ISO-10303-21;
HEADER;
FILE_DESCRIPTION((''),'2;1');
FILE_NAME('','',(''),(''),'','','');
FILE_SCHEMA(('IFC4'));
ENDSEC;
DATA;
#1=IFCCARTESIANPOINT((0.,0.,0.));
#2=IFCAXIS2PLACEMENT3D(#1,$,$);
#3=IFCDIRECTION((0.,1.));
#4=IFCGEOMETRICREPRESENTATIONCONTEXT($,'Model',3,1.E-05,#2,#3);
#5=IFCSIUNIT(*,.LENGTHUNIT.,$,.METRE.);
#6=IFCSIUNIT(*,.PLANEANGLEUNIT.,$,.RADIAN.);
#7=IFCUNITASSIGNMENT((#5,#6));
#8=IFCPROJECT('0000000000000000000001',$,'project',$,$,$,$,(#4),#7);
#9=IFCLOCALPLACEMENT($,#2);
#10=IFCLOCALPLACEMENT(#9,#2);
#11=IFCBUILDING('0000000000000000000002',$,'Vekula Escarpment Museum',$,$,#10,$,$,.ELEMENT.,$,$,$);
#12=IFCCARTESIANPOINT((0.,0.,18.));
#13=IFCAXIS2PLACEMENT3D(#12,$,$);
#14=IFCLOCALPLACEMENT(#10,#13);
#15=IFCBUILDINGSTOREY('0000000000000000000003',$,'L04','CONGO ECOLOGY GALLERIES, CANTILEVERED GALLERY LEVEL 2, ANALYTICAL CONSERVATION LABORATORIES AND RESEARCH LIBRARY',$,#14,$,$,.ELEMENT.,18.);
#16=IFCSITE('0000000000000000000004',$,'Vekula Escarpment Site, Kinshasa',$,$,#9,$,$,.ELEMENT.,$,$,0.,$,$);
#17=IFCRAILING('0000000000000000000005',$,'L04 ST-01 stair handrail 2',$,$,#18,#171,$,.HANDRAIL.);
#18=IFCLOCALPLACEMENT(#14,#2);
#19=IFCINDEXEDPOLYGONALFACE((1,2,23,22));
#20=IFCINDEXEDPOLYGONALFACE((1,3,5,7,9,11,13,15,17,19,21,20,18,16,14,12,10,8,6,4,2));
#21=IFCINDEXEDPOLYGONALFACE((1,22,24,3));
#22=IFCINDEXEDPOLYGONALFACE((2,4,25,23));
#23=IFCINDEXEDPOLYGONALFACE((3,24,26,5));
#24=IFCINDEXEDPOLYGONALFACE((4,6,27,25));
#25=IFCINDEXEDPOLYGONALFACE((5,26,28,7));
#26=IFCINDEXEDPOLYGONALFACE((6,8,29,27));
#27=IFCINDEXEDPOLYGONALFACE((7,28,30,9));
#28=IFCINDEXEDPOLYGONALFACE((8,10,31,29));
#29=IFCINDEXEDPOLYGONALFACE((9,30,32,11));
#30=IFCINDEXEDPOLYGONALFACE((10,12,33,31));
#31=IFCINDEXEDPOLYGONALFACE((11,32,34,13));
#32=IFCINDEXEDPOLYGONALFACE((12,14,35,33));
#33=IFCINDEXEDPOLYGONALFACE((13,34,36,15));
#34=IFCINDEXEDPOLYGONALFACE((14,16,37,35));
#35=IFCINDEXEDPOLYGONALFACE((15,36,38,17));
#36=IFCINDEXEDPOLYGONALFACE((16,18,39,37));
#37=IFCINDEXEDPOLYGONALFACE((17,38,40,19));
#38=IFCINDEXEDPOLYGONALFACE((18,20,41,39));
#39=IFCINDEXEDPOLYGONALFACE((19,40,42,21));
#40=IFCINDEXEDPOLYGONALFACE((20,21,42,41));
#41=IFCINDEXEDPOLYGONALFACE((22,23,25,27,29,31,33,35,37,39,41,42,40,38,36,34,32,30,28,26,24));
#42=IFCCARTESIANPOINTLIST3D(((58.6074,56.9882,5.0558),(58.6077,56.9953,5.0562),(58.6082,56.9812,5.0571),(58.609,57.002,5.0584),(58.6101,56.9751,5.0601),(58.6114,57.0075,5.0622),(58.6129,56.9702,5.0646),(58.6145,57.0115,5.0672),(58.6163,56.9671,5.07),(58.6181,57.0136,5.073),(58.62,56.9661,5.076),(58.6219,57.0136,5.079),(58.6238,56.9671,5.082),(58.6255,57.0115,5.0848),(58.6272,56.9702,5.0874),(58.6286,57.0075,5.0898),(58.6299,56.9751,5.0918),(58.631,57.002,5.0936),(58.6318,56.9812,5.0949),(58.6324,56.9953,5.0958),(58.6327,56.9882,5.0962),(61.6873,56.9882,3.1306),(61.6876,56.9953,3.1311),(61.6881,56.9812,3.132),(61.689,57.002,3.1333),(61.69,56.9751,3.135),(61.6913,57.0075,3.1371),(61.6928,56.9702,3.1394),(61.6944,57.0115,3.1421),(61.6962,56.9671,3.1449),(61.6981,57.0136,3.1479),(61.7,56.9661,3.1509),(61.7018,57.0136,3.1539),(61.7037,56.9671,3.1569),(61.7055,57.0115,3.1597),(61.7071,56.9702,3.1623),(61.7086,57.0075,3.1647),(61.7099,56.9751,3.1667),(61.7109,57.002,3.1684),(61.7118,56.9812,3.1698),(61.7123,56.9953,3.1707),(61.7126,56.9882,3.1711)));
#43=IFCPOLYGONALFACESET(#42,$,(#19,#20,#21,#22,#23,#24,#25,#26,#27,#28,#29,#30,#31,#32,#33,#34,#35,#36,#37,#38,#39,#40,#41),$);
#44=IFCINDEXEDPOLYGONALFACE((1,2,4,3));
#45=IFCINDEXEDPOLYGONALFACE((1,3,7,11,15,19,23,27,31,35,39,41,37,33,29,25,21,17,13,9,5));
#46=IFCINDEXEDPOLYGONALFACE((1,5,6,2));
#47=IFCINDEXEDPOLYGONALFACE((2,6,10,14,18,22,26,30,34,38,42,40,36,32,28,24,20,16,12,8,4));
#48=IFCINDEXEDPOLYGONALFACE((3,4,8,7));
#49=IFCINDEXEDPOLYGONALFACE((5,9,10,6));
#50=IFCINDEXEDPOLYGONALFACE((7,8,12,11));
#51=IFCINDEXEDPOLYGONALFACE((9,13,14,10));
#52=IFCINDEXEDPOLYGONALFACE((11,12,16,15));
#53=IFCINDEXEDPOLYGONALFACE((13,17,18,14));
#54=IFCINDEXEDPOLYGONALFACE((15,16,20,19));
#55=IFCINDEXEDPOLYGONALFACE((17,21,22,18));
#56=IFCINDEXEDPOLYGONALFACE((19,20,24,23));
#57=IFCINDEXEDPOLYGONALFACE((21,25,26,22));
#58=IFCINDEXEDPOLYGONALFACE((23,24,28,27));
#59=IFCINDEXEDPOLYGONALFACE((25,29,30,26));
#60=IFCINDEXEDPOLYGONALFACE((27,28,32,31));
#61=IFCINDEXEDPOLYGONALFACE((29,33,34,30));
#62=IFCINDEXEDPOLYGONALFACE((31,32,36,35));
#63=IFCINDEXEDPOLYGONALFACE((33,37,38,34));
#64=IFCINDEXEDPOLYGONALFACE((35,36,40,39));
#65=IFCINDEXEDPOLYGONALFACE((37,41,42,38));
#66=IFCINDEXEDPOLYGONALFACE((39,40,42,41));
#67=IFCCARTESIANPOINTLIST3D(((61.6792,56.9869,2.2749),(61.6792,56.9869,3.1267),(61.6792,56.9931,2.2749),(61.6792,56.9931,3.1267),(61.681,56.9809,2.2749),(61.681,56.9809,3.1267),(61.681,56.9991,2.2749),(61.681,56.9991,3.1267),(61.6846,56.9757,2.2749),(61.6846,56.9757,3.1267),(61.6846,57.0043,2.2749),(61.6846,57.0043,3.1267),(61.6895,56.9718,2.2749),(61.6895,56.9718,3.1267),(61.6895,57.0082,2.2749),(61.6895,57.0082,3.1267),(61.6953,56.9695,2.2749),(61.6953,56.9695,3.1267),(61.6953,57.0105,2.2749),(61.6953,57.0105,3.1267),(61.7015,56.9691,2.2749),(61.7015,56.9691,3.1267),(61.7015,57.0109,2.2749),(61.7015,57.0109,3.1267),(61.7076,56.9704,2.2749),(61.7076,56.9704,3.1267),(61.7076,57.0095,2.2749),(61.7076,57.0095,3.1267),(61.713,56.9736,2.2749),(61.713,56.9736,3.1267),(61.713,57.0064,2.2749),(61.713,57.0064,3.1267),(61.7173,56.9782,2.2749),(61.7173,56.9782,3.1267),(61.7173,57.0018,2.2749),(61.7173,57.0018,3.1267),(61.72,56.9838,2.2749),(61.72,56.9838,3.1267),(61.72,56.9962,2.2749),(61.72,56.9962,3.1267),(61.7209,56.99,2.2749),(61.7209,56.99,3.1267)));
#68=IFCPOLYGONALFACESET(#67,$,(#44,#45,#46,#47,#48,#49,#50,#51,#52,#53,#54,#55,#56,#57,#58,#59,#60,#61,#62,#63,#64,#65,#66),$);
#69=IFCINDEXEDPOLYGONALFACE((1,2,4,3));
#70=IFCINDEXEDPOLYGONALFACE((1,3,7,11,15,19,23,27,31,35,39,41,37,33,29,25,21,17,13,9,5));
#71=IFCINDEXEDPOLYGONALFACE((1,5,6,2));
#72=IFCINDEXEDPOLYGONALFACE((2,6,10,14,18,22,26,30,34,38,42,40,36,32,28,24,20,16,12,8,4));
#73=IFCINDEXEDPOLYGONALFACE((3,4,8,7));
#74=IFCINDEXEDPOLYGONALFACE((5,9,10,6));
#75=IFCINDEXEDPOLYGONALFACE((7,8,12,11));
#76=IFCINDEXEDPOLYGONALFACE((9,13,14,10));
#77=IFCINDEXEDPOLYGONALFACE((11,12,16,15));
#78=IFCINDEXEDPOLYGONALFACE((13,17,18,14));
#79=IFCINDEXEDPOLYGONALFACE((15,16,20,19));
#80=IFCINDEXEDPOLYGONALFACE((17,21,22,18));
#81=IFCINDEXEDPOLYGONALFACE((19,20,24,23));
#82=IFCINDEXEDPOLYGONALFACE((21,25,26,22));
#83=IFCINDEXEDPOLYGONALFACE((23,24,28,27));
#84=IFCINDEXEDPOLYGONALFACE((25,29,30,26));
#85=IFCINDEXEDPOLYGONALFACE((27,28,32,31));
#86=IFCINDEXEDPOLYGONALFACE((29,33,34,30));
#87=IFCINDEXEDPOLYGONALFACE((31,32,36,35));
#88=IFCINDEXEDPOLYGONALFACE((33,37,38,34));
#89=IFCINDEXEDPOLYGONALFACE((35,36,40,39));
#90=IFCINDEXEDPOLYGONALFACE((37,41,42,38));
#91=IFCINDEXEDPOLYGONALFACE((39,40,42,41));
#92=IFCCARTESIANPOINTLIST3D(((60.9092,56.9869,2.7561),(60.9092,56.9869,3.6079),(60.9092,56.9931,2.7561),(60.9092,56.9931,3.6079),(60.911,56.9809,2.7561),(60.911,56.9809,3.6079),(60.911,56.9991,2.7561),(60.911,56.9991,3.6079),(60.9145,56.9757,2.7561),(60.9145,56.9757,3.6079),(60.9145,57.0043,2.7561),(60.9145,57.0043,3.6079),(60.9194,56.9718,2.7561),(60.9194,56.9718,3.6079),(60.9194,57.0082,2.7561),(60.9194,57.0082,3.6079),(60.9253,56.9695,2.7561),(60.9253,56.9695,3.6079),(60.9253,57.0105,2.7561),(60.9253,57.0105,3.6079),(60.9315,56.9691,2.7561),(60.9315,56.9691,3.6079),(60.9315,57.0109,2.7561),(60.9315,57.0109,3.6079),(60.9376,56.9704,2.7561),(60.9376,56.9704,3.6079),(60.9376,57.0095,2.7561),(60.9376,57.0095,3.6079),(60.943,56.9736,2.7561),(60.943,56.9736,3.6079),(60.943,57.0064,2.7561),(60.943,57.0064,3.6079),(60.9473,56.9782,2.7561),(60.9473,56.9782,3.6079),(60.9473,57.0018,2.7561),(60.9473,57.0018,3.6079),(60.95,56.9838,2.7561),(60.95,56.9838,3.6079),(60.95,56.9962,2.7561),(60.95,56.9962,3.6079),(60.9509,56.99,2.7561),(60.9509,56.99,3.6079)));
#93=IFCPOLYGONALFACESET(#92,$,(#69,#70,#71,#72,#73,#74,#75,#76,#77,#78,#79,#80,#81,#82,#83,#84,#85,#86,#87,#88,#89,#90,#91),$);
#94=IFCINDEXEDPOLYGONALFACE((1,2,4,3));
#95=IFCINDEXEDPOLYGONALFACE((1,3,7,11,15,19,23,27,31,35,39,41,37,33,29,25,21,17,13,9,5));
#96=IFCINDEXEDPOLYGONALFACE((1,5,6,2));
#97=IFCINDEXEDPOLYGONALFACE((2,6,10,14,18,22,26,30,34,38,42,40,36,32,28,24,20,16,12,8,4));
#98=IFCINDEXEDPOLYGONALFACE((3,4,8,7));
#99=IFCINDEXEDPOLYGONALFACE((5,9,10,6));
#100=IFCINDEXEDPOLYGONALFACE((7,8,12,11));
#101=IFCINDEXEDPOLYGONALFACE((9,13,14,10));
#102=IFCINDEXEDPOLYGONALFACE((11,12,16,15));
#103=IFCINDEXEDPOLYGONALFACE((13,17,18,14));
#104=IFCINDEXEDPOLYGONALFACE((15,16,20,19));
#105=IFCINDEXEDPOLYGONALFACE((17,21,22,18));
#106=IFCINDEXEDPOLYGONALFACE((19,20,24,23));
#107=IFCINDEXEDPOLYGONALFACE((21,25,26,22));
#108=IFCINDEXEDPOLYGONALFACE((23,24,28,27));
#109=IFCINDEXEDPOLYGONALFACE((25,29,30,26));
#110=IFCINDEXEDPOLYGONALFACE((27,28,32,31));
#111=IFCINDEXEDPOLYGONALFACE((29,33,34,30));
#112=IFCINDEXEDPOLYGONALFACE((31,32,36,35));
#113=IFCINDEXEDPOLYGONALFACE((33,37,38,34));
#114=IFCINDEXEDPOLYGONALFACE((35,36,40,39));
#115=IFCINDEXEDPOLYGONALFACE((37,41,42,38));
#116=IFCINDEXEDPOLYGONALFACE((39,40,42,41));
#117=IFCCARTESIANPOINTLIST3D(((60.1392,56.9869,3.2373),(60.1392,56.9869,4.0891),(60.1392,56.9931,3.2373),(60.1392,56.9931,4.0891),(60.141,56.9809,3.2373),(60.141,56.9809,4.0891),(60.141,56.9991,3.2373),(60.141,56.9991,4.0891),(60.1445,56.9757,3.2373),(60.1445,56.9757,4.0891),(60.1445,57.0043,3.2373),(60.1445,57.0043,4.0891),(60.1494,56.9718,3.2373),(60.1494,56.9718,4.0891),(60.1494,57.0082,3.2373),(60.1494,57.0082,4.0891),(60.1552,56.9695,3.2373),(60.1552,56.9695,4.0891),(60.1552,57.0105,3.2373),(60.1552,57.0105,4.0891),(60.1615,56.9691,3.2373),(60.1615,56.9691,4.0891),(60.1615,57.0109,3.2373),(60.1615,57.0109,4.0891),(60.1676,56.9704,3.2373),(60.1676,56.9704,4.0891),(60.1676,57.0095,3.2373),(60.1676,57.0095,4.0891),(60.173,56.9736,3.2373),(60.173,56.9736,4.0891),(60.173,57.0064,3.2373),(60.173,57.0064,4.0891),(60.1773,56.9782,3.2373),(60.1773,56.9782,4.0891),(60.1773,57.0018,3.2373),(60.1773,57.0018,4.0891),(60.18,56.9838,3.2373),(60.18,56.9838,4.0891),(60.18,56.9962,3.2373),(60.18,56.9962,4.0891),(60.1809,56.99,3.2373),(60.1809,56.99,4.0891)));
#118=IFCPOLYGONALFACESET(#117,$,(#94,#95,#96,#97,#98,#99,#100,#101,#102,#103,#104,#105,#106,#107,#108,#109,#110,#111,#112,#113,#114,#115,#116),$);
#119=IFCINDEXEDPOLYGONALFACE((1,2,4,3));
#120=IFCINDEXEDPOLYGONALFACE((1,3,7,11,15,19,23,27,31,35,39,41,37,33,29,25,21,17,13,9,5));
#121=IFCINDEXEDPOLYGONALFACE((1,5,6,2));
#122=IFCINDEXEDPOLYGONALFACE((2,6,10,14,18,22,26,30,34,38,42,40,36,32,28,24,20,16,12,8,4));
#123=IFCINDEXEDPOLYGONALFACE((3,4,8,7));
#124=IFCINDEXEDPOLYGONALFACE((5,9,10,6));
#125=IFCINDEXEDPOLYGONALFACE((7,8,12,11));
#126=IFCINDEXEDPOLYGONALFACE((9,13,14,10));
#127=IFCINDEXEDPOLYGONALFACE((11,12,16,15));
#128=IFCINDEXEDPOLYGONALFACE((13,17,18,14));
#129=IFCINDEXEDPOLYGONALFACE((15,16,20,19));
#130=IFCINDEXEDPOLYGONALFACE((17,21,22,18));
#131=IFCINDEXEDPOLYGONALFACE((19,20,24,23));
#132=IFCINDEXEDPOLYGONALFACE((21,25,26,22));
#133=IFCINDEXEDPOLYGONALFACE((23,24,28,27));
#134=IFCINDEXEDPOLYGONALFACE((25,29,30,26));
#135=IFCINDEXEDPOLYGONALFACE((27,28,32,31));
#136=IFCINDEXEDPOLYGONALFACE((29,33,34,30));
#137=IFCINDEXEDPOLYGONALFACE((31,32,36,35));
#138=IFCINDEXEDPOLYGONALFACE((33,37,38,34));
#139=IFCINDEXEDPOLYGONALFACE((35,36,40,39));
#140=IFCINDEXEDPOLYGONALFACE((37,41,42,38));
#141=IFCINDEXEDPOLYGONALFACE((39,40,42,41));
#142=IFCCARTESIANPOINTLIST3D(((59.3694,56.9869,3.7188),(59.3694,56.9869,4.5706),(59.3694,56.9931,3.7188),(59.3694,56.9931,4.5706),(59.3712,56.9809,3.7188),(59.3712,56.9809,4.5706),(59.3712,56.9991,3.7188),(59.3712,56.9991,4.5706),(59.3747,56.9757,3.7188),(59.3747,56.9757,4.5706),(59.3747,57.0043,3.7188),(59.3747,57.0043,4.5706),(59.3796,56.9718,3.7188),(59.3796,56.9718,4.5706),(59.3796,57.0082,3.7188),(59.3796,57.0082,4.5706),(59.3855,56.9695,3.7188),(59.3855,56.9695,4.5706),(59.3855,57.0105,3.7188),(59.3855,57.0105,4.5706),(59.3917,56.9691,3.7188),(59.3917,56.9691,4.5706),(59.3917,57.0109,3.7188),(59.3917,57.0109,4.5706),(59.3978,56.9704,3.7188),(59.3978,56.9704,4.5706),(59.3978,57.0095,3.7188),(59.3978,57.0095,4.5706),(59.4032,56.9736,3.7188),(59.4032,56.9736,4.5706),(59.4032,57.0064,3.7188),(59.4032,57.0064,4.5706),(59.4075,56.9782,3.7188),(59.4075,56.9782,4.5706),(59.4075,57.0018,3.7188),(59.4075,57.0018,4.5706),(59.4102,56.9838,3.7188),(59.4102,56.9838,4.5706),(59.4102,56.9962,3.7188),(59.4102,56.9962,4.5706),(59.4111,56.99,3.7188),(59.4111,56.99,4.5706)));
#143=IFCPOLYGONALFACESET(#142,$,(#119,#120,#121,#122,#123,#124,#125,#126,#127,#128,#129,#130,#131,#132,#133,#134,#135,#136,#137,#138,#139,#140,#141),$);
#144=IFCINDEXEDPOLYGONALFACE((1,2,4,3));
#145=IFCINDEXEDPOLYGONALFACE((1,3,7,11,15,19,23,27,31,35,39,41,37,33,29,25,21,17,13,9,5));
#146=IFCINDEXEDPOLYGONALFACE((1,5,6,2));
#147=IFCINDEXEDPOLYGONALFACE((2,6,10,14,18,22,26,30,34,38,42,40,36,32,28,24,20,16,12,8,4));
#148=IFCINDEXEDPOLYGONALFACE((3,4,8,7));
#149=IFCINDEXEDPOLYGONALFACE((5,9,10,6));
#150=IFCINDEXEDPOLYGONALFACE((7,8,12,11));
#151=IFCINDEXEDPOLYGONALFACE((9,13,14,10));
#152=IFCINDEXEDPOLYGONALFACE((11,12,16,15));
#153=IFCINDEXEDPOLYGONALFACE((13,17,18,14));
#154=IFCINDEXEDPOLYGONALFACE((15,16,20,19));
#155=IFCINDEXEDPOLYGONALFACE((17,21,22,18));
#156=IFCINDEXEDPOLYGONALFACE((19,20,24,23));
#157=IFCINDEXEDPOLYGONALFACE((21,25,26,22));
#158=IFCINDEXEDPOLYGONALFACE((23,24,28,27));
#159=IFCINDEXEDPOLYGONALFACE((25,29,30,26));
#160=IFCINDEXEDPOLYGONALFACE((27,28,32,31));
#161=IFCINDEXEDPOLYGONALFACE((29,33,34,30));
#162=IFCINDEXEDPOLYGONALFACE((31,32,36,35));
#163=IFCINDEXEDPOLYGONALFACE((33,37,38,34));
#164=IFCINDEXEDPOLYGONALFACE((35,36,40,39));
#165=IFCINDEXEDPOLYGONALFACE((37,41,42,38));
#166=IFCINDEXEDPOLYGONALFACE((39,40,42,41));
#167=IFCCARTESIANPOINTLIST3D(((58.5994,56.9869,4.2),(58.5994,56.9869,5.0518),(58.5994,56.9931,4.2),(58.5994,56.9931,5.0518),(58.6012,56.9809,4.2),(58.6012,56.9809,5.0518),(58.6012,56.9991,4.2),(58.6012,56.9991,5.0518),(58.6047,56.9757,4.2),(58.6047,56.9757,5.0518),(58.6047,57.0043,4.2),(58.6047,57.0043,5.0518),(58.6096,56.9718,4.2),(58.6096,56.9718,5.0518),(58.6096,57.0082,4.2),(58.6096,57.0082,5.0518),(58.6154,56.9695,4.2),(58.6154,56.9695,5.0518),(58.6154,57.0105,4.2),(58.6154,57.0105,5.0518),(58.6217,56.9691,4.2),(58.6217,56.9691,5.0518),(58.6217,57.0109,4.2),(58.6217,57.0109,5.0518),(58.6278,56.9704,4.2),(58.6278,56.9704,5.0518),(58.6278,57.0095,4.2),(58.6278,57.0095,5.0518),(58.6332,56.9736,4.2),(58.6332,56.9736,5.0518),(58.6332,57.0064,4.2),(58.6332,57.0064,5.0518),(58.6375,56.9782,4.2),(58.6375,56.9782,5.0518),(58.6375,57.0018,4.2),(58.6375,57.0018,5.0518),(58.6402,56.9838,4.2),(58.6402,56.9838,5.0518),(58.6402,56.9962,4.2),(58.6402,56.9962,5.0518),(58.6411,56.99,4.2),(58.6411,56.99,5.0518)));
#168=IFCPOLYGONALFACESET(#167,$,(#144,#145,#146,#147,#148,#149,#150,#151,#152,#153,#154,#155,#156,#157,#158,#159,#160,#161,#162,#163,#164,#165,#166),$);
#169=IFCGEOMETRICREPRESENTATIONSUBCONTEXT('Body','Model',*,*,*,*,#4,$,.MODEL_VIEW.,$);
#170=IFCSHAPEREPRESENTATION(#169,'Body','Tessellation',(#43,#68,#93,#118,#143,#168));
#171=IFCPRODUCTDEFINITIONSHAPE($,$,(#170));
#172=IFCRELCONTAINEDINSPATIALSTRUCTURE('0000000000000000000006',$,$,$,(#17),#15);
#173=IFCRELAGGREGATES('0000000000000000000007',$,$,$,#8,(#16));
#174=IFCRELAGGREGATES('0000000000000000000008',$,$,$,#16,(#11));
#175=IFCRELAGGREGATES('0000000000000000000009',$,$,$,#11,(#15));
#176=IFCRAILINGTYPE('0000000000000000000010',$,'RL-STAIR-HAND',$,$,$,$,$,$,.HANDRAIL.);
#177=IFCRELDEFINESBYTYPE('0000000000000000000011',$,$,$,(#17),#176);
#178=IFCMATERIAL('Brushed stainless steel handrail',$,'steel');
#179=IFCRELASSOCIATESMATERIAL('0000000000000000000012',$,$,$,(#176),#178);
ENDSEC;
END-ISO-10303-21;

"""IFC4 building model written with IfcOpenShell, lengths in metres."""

from ifc_helpers import new_model, si_unit, direction, frame, origin, origin_2d, place, context, subcontext, project, spatial, circle, extrude, material, type_object, element, save


model = new_model("IFC4")

# Units and contexts
model_context = context("Model", 3, precision=1e-05, world=origin(), true_north=direction((0.0, 1.0)))
body_context = subcontext(model_context, "Body", "Model", "MODEL_VIEW")
ifc_project = project(units=[si_unit("LENGTHUNIT", "METRE"), si_unit("PLANEANGLEUNIT", "RADIAN")], contexts=[model_context])

# Site, building, storey
site_placement = place(None, origin())
site = spatial("IfcSite", under=ifc_project, at=site_placement, Name="Vekula Escarpment Site, Kinshasa", CompositionType="ELEMENT", RefElevation=0.0)
building_placement = place(site_placement, origin())
building = spatial("IfcBuilding", under=site, at=building_placement, Name="Vekula Escarpment Museum", CompositionType="ELEMENT")
storey_placement = place(building_placement, frame((0.0, 0.0, 18.0)))
storey = spatial("IfcBuildingStorey", under=building, at=storey_placement, Name="L04", Description="CONGO ECOLOGY GALLERIES, CANTILEVERED GALLERY LEVEL 2, ANALYTICAL CONSERVATION LABORATORIES AND RESEARCH LIBRARY", CompositionType="ELEMENT", Elevation=18.0)

# Railing
ifc_material_1 = material(Name="Brushed stainless steel handrail", Category="steel")
railing_type_1 = type_object("IfcRailingType", Name="RL-STAIR-HAND", PredefinedType="HANDRAIL", material=ifc_material_1)
railing_1_placement = place(storey_placement, frame((61.7, 56.99, 2.2749)))
element("IfcRailing", 1, at=railing_1_placement, inside=storey, type_object=railing_type_1, Name="L04 ST-01 stair handrail 2", PredefinedType="HANDRAIL", context=body_context, shape_type="SweptSolid", body=[
    extrude(circle(Radius=0.0239, at=origin_2d()), frame((0.0, 0.0, 0.876), z_axis=(-0.847979, 0.0, 0.530029), x_axis=(0.0, -1.0, 0.0)), (0.0, 0.0, 1.0), 3.6321),
    extrude(circle(Radius=0.021, at=origin_2d()), origin(), (0.0, 0.0, 1.0), 0.8518),
    extrude(circle(Radius=0.021, at=origin_2d()), frame((-0.77, 0.0, 0.4812)), (0.0, 0.0, 1.0), 0.8518),
    extrude(circle(Radius=0.021, at=origin_2d()), frame((-1.54, 0.0, 0.9624)), (0.0, 0.0, 1.0), 0.8518),
    extrude(circle(Radius=0.021, at=origin_2d()), frame((-2.3098, 0.0, 1.4438)), (0.0, 0.0, 1.0), 0.8518),
    extrude(circle(Radius=0.021, at=origin_2d()), frame((-3.0798, 0.0, 1.925)), (0.0, 0.0, 1.0), 0.8518),
])

save(model, "model.ifc")
